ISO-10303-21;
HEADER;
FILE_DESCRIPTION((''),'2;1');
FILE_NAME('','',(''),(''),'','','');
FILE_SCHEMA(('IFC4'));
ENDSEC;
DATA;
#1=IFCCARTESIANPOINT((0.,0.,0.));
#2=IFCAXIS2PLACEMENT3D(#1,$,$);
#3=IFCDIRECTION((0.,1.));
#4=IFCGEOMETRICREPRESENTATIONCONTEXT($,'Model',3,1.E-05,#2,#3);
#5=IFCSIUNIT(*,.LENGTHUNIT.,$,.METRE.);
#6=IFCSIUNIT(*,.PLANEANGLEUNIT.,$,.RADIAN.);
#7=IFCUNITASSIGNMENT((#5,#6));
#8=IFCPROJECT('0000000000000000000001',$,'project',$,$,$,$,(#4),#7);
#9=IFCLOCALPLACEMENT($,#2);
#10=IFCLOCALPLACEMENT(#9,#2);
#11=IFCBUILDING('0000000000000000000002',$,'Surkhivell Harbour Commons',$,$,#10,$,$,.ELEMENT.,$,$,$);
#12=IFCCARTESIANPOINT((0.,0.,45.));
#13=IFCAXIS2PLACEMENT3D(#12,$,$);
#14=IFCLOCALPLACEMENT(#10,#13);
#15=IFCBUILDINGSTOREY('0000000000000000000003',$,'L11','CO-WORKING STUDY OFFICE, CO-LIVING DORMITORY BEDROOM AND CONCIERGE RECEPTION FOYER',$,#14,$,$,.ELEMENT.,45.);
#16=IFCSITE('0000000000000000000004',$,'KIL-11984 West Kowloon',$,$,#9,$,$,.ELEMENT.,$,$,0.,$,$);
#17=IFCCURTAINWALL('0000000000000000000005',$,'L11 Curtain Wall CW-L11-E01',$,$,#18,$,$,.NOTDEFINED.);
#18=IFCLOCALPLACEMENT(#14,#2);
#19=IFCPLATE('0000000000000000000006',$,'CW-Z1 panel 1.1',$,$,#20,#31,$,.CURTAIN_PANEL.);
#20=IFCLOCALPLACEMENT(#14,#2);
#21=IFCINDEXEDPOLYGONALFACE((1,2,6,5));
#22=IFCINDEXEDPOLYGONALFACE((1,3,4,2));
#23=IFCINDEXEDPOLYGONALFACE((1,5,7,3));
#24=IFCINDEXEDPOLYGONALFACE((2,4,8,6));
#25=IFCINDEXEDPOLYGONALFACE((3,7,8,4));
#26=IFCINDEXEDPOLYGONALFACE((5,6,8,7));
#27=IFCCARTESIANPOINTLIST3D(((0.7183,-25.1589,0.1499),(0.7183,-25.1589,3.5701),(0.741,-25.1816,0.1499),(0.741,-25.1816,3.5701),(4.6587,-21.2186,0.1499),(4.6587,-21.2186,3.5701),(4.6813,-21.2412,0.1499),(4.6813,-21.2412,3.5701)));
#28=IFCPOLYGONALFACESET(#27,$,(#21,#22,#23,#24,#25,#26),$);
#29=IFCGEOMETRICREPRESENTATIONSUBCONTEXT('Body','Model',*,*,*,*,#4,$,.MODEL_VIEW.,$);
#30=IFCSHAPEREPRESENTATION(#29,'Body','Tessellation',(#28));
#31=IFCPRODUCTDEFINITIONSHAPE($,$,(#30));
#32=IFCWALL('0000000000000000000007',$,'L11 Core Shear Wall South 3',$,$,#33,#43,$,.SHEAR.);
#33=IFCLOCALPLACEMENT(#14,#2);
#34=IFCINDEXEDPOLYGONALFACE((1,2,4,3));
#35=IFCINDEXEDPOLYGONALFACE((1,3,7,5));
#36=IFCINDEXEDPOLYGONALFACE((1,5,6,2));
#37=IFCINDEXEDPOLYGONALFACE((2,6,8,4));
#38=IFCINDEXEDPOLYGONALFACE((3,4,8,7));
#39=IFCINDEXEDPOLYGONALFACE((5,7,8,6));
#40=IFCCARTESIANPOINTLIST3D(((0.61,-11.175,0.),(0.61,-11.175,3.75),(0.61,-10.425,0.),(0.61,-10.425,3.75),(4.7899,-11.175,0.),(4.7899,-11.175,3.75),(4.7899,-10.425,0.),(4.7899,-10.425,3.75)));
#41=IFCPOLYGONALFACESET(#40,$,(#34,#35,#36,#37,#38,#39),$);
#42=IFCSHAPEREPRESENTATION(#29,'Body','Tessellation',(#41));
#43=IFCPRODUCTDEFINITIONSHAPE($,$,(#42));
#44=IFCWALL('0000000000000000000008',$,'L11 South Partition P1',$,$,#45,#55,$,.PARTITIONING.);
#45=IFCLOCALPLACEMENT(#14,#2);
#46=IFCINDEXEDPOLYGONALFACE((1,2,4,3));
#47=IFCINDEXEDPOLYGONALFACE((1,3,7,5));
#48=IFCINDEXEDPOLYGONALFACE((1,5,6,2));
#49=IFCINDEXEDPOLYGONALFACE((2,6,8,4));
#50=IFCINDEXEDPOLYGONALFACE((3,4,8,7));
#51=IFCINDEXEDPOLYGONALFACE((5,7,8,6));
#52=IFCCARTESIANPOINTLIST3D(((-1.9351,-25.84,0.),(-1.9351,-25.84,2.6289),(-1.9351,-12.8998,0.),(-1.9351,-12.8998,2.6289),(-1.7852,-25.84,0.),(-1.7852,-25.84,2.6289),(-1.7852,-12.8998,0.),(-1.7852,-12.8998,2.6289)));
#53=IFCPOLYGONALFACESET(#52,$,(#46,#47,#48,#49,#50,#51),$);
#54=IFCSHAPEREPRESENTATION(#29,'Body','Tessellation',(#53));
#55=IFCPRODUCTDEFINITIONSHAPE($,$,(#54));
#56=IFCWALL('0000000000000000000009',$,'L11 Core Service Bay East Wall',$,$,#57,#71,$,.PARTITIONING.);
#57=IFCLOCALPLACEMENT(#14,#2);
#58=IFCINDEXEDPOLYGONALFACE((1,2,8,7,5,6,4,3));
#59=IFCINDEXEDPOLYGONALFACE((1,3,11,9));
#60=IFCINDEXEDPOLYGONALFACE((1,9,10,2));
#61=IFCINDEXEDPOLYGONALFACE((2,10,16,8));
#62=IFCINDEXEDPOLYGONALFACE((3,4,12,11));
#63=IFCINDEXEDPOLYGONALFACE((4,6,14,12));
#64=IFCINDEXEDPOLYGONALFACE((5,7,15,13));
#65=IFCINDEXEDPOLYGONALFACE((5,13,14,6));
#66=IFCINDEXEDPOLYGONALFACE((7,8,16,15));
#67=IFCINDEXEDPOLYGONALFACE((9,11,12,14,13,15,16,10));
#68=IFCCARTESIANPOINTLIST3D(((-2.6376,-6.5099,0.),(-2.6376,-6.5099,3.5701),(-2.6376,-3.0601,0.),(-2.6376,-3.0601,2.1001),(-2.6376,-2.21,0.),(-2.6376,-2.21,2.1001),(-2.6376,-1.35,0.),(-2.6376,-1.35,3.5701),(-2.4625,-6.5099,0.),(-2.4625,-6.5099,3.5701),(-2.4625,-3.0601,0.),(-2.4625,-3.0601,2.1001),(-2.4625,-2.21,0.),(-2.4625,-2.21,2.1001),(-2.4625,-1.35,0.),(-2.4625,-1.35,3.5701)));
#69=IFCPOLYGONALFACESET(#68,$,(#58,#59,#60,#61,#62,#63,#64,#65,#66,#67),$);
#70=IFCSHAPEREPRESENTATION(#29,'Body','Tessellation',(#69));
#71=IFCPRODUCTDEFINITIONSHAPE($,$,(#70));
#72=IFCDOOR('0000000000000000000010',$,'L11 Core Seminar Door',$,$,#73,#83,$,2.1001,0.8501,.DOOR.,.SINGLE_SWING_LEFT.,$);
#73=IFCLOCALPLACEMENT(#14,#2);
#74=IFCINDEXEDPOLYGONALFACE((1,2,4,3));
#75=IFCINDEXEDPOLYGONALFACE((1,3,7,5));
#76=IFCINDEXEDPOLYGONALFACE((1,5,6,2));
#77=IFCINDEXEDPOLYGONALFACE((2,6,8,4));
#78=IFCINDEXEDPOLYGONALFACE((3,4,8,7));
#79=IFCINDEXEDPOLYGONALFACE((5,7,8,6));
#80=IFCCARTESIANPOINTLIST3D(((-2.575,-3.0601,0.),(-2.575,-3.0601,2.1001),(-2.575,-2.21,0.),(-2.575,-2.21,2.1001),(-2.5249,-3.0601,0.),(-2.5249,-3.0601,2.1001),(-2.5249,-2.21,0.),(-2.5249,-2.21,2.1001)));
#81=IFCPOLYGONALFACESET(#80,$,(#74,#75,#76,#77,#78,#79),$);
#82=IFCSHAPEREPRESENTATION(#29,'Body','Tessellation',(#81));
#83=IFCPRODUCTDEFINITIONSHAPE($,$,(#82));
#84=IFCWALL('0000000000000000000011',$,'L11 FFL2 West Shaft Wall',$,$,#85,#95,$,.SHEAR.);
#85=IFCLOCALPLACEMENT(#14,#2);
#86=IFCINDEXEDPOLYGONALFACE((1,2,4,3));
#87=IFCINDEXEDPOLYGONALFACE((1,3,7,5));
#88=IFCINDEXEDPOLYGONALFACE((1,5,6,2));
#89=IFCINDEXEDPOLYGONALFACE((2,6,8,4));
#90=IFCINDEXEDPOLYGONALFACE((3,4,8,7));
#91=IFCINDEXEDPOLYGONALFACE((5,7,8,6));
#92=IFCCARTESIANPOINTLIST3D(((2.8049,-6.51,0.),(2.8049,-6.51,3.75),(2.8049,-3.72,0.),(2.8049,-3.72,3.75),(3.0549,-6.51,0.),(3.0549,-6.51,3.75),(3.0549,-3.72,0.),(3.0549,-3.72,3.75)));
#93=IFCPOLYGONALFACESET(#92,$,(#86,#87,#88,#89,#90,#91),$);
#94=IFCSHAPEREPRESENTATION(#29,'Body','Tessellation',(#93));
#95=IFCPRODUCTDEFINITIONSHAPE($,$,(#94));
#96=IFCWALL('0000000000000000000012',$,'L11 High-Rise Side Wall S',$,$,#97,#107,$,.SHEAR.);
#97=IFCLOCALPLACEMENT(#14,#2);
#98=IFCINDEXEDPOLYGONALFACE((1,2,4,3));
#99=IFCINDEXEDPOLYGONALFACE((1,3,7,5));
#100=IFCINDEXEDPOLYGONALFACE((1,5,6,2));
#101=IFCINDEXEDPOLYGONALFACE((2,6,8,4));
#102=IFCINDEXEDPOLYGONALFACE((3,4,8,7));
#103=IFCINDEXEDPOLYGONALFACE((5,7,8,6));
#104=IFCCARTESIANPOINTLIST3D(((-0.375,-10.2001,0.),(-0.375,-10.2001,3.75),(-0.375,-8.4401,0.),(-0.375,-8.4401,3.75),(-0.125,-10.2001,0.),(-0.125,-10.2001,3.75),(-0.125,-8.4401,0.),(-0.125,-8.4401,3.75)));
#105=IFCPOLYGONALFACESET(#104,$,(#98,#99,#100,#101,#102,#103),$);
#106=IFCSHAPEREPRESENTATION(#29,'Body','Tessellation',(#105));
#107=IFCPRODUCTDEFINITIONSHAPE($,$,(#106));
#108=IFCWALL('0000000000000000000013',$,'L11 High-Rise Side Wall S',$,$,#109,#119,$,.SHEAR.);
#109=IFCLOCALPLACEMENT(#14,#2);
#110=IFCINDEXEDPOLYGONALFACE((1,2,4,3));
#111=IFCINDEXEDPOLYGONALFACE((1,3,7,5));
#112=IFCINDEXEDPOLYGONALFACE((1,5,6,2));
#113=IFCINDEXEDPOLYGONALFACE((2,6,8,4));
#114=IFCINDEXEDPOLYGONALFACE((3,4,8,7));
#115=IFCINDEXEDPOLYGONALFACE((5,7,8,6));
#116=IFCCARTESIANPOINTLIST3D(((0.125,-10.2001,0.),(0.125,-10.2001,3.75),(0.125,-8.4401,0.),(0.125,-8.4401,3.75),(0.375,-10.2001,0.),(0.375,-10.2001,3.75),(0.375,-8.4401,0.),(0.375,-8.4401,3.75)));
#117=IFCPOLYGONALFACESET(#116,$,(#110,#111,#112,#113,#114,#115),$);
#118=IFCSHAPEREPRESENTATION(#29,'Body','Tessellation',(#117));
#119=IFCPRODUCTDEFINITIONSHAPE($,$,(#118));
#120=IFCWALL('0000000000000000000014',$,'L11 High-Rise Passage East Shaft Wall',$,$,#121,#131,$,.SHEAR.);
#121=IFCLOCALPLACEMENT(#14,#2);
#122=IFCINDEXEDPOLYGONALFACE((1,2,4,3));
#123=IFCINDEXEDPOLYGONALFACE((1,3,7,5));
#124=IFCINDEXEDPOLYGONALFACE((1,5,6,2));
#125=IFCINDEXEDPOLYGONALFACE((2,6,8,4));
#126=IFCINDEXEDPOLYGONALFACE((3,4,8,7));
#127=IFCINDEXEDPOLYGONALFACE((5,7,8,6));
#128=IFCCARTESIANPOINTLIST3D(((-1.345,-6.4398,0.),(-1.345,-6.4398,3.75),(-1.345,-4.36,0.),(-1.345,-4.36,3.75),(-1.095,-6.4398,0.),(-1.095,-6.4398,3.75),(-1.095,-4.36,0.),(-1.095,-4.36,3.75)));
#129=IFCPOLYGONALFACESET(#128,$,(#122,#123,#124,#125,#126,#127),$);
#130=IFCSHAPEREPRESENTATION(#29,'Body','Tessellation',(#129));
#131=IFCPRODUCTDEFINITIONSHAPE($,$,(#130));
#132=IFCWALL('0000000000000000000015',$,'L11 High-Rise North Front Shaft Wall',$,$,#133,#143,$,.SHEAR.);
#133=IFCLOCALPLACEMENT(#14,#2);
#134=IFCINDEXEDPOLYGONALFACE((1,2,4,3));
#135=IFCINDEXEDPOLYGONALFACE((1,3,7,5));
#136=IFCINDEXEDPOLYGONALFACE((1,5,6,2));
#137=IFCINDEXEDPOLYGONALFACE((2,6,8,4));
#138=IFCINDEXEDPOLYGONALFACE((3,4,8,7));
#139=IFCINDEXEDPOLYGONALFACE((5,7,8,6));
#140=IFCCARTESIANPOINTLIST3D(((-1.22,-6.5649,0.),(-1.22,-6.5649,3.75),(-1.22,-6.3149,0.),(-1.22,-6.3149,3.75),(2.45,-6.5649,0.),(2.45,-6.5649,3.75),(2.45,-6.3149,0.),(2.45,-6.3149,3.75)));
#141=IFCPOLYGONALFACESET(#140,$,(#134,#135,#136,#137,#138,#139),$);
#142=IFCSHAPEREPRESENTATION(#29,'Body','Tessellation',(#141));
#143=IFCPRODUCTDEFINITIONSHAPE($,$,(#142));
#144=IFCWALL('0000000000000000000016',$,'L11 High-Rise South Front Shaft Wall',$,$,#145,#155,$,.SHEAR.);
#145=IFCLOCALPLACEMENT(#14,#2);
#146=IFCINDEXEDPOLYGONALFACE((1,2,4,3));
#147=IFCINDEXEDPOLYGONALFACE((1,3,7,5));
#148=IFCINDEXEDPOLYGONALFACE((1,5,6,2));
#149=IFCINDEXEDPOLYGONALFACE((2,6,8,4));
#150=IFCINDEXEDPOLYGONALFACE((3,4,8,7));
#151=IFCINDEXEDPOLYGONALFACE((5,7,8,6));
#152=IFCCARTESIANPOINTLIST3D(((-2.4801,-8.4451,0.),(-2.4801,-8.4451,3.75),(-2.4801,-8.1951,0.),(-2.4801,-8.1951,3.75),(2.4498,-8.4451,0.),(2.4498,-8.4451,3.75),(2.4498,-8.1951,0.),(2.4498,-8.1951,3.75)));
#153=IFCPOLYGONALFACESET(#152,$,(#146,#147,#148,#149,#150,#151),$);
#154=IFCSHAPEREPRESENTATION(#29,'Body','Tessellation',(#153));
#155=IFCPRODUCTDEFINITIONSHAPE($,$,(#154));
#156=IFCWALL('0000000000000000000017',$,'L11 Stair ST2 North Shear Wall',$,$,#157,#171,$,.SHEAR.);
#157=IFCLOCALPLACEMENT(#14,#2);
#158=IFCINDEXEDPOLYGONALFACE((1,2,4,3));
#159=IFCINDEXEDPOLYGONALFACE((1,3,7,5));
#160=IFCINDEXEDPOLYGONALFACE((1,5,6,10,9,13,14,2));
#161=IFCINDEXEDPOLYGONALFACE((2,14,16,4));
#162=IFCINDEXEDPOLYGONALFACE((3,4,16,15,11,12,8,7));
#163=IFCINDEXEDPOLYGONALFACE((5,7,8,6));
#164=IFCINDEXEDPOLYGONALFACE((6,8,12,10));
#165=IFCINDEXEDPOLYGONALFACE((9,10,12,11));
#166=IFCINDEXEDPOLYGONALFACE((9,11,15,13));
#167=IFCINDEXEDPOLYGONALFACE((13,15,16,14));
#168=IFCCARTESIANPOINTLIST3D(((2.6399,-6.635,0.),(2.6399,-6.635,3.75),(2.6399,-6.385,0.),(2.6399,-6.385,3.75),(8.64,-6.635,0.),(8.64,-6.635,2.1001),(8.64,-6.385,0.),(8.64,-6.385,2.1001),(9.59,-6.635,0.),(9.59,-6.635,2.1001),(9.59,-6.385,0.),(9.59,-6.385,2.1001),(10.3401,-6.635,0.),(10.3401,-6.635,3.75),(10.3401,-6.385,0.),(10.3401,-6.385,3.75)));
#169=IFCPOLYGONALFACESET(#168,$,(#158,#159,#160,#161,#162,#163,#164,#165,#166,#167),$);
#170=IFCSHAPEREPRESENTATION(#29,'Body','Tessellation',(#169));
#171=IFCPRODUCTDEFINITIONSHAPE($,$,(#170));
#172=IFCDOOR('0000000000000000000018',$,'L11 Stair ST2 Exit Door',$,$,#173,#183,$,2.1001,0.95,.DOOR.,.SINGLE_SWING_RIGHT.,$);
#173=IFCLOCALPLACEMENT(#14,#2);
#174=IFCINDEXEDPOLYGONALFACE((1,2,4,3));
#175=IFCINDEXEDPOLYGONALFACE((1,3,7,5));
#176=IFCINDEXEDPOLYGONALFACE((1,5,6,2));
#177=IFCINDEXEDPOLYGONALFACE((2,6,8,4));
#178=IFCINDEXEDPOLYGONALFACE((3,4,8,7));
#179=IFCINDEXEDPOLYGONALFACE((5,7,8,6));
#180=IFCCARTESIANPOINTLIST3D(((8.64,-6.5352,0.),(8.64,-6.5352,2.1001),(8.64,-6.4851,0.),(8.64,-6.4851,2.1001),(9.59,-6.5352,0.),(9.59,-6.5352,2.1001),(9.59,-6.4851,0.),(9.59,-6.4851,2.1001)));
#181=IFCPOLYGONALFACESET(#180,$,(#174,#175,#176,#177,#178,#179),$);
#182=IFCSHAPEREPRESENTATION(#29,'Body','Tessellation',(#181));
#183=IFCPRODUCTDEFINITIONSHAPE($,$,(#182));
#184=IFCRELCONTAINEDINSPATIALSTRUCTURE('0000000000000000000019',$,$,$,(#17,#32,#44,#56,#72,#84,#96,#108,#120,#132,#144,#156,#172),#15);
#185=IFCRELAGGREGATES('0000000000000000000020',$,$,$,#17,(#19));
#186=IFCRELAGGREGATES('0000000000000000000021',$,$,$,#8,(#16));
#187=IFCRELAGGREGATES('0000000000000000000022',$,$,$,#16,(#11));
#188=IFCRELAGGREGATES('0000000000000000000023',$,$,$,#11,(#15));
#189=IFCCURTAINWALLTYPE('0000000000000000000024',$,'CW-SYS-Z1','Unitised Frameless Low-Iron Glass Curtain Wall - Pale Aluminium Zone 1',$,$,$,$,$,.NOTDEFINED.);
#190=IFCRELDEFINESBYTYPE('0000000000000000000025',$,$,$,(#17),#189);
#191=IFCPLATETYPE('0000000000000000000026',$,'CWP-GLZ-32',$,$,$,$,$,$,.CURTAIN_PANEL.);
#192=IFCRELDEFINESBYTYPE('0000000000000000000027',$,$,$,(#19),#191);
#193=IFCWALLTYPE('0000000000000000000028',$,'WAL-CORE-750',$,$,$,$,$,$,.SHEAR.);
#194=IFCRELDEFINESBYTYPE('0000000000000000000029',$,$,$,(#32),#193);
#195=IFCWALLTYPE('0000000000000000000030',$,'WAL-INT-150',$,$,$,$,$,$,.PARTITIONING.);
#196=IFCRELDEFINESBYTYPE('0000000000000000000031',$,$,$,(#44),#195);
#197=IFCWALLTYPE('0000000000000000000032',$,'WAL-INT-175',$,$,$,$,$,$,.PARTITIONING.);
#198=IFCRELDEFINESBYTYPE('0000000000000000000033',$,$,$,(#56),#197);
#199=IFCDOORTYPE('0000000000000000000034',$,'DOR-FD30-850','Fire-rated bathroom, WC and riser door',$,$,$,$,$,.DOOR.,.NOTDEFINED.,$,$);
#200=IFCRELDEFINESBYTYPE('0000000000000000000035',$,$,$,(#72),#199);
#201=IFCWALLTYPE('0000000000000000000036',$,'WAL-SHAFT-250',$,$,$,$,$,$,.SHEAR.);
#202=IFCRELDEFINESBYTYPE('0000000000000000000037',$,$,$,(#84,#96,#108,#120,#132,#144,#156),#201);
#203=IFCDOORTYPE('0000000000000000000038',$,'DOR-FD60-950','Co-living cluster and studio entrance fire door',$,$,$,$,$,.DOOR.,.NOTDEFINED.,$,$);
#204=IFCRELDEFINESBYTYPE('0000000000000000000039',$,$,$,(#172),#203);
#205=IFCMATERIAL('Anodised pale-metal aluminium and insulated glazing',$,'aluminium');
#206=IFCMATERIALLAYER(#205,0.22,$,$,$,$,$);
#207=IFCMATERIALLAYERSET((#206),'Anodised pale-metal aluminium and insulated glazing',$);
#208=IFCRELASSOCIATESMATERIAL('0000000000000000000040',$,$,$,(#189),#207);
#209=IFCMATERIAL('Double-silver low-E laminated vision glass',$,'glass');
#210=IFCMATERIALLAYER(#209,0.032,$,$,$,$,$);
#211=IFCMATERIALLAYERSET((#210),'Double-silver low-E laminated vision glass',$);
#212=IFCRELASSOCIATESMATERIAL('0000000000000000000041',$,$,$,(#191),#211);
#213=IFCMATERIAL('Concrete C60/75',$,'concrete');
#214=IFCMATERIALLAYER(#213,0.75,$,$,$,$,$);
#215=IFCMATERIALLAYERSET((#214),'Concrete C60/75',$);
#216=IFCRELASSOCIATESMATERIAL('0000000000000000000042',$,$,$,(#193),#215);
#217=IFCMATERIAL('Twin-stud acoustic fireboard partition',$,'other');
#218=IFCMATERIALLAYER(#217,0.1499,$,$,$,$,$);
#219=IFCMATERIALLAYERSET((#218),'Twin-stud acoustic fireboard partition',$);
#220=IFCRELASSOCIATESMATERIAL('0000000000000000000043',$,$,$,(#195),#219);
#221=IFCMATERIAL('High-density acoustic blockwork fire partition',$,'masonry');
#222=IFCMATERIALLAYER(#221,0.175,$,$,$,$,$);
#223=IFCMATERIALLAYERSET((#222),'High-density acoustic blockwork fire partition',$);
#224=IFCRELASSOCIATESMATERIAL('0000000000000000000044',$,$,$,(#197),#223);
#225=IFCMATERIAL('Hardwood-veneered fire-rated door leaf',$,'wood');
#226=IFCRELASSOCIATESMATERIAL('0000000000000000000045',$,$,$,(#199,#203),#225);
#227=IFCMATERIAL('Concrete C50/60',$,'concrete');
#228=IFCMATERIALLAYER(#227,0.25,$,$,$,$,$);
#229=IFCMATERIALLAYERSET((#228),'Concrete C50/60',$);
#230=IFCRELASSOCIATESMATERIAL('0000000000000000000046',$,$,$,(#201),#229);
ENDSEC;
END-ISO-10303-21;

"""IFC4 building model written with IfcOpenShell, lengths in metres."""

from ifc_helpers import new_model, si_unit, direction, frame, frame_2d, origin, place, context, subcontext, project, spatial, rectangle, extrude, material, layer, layer_set, type_object, element, fill, aggregate, save


model = new_model("IFC4")

# Units and contexts
model_context = context("Model", 3, precision=1e-05, world=origin(), true_north=direction((0.0, 1.0)))
body_context = subcontext(model_context, "Body", "Model", "MODEL_VIEW")
ifc_project = project(units=[si_unit("LENGTHUNIT", "METRE"), si_unit("PLANEANGLEUNIT", "RADIAN")], contexts=[model_context])

# Site, building, storey
site_placement = place(None, origin())
site = spatial("IfcSite", under=ifc_project, at=site_placement, Name="KIL-11984 West Kowloon", CompositionType="ELEMENT", RefElevation=0.0)
building_placement = place(site_placement, origin())
building = spatial("IfcBuilding", under=site, at=building_placement, Name="Surkhivell Harbour Commons", CompositionType="ELEMENT")
storey_placement = place(building_placement, frame((0.0, 0.0, 45.0)))
storey = spatial("IfcBuildingStorey", under=building, at=storey_placement, Name="L11", Description="CO-WORKING STUDY OFFICE, CO-LIVING DORMITORY BEDROOM AND CONCIERGE RECEPTION FOYER", CompositionType="ELEMENT", Elevation=45.0)

# Shared definitions
ifc_material_1 = material(Name="Anodised pale-metal aluminium and insulated glazing", Category="aluminium")
ifc_layer_1 = layer(ifc_material_1, 0.22)
ifc_layer_set_1 = layer_set([ifc_layer_1], Name="Anodised pale-metal aluminium and insulated glazing")
curtain_wall_type = type_object("IfcCurtainWallType", Name="CW-SYS-Z1", Description="Unitised Frameless Low-Iron Glass Curtain Wall - Pale Aluminium Zone 1", PredefinedType="NOTDEFINED", material=ifc_layer_set_1)

# Curtain wall
curtain_wall_1_placement = place(storey_placement, origin())
curtain_wall_1 = element("IfcCurtainWall", 1, at=curtain_wall_1_placement, inside=storey, type_object=curtain_wall_type, Name="L11 Curtain Wall CW-L11-E01", PredefinedType="NOTDEFINED")

# Plate
ifc_material_2 = material(Name="Double-silver low-E laminated vision glass", Category="glass")
ifc_layer_2 = layer(ifc_material_2, 0.032)
ifc_layer_set_2 = layer_set([ifc_layer_2], Name="Double-silver low-E laminated vision glass")
plate_type = type_object("IfcPlateType", Name="CWP-GLZ-32", PredefinedType="CURTAIN_PANEL", material=ifc_layer_set_2)
plate_1_placement = place(storey_placement, frame((0.7297, -25.1702, 0.1499), z_axis=(0.0, 0.0, 1.0), x_axis=(0.707107, 0.707107, 0.0)))
plate_1 = element("IfcPlate", 2, at=plate_1_placement, type_object=plate_type, Name="CW-Z1 panel 1.1", PredefinedType="CURTAIN_PANEL", context=body_context, shape_type="SweptSolid", body=[
    extrude(rectangle(XDim=5.5725, YDim=0.032, at=frame_2d((2.7861, 0.0))), origin(), (0.0, 0.0, 1.0), 3.4202),
])
aggregate(curtain_wall_1, [plate_1])

# Walls
ifc_material_3 = material(Name="Concrete C60/75", Category="concrete")
ifc_layer_3 = layer(ifc_material_3, 0.75)
ifc_layer_set_3 = layer_set([ifc_layer_3], Name="Concrete C60/75")
wall_type_1 = type_object("IfcWallType", Name="WAL-CORE-750", PredefinedType="SHEAR", material=ifc_layer_set_3)
wall_1_placement = place(storey_placement, frame((0.6101, -10.8, 0.0), z_axis=(0.0, 0.0, 1.0), x_axis=(1.0, 0.0, 0.0)))
element("IfcWall", 3, at=wall_1_placement, inside=storey, type_object=wall_type_1, Name="L11 Core Shear Wall South 3", PredefinedType="SHEAR", context=body_context, shape_type="SweptSolid", body=[
    extrude(rectangle(XDim=4.1799, YDim=0.75, at=frame_2d((2.0898, 0.0))), origin(), (0.0, 0.0, 1.0), 3.75),
])
ifc_material_4 = material(Name="Twin-stud acoustic fireboard partition", Category="other")
ifc_layer_4 = layer(ifc_material_4, 0.1499)
ifc_layer_set_4 = layer_set([ifc_layer_4], Name="Twin-stud acoustic fireboard partition")
wall_type_2 = type_object("IfcWallType", Name="WAL-INT-150", PredefinedType="PARTITIONING", material=ifc_layer_set_4)
wall_2_placement = place(storey_placement, frame((-1.8601, -25.8401, 0.0), z_axis=(0.0, 0.0, 1.0), x_axis=(0.0, 1.0, 0.0)))
element("IfcWall", 4, at=wall_2_placement, inside=storey, type_object=wall_type_2, Name="L11 South Partition P1", PredefinedType="PARTITIONING", context=body_context, shape_type="SweptSolid", body=[
    extrude(rectangle(XDim=12.9402, YDim=0.1499, at=frame_2d((6.4702, 0.0))), origin(), (0.0, 0.0, 1.0), 2.6289),
])

# Wall, opening, door
ifc_material_5 = material(Name="High-density acoustic blockwork fire partition", Category="masonry")
ifc_layer_5 = layer(ifc_material_5, 0.175)
ifc_layer_set_5 = layer_set([ifc_layer_5], Name="High-density acoustic blockwork fire partition")
wall_type_3 = type_object("IfcWallType", Name="WAL-INT-175", PredefinedType="PARTITIONING", material=ifc_layer_set_5)
wall_3_placement = place(storey_placement, frame((-2.55, -6.51, 0.0), z_axis=(0.0, 0.0, 1.0), x_axis=(0.0, 1.0, 0.0)))
wall_3 = element("IfcWall", 5, at=wall_3_placement, inside=storey, type_object=wall_type_3, Name="L11 Core Service Bay East Wall", PredefinedType="PARTITIONING", context=body_context, shape_type="SweptSolid", body=[
    extrude(rectangle(XDim=5.1599, YDim=0.175, at=frame_2d((2.5801, 0.0))), origin(), (0.0, 0.0, 1.0), 3.5701),
])
opening_1_placement = place(wall_3_placement, frame((3.45, 0.0, 0.0)))
opening_1 = element("IfcOpeningElement", 6, at=opening_1_placement, cuts=wall_3, PredefinedType="OPENING", context=body_context, shape_type="SweptSolid", body=[
    extrude(rectangle(XDim=0.8501, YDim=2.1001, at=frame_2d((0.425, 1.05))), frame((0.0, 0.0974, 0.0), z_axis=(0.0, -1.0, 0.0), x_axis=(1.0, 0.0, 0.0)), (0.0, 0.0, 1.0), 0.1951),
])
ifc_material_6 = material(Name="Hardwood-veneered fire-rated door leaf", Category="wood")
door_type_1 = type_object("IfcDoorType", Name="DOR-FD30-850", Description="Fire-rated bathroom, WC and riser door", OperationType="NOTDEFINED", PredefinedType="DOOR", material=ifc_material_6)
door_1_placement = place(opening_1_placement, origin())
door_1 = element("IfcDoor", 7, at=door_1_placement, inside=storey, type_object=door_type_1, Name="L11 Core Seminar Door", OperationType="SINGLE_SWING_LEFT", OverallHeight=2.1001, OverallWidth=0.8501, PredefinedType="DOOR", context=body_context, shape_type="SweptSolid", body=[
    extrude(rectangle(XDim=0.8501, YDim=2.1001, at=frame_2d((0.425, 1.05))), frame((0.0, 0.0249, 0.0), z_axis=(0.0, -1.0, 0.0), x_axis=(1.0, 0.0, 0.0)), (0.0, 0.0, 1.0), 0.05),
])
fill(opening_1, door_1)

# Walls
ifc_material_7 = material(Name="Concrete C50/60", Category="concrete")
ifc_layer_6 = layer(ifc_material_7, 0.25)
ifc_layer_set_6 = layer_set([ifc_layer_6], Name="Concrete C50/60")
wall_type_4 = type_object("IfcWallType", Name="WAL-SHAFT-250", PredefinedType="SHEAR", material=ifc_layer_set_6)
wall_4_placement = place(storey_placement, frame((2.9299, -6.51, 0.0), z_axis=(0.0, 0.0, 1.0), x_axis=(0.0, 1.0, 0.0)))
element("IfcWall", 8, at=wall_4_placement, inside=storey, type_object=wall_type_4, Name="L11 FFL2 West Shaft Wall", PredefinedType="SHEAR", context=body_context, shape_type="SweptSolid", body=[
    extrude(rectangle(XDim=2.79, YDim=0.25, at=frame_2d((1.395, 0.0))), origin(), (0.0, 0.0, 1.0), 3.75),
])
for number, where, z_axis, x_axis, name in (
    (9, (-0.25, -10.2, 0.0), (0.0, 0.0, 1.0), (0.0, 1.0, 0.0), "L11 High-Rise Side Wall S"),
    (10, (0.25, -10.2, 0.0), (0.0, 0.0, 1.0), (0.0, 1.0, 0.0), "L11 High-Rise Side Wall S"),
):
    element("IfcWall", number, at=place(storey_placement, frame(where, z_axis=z_axis, x_axis=x_axis)), inside=storey, type_object=wall_type_4, Name=name, PredefinedType="SHEAR", context=body_context, shape_type="SweptSolid", body=[
        extrude(rectangle(XDim=1.76, YDim=0.25, at=frame_2d((0.8799, 0.0))), origin(), (0.0, 0.0, 1.0), 3.75),
    ])
wall_5_placement = place(storey_placement, frame((-1.22, -6.4399, 0.0), z_axis=(0.0, 0.0, 1.0), x_axis=(0.0, 1.0, 0.0)))
element("IfcWall", 11, at=wall_5_placement, inside=storey, type_object=wall_type_4, Name="L11 High-Rise Passage East Shaft Wall", PredefinedType="SHEAR", context=body_context, shape_type="SweptSolid", body=[
    extrude(rectangle(XDim=2.0798, YDim=0.25, at=frame_2d((1.04, 0.0))), origin(), (0.0, 0.0, 1.0), 3.75),
])
wall_6_placement = place(storey_placement, frame((-1.22, -6.4399, 0.0), z_axis=(0.0, 0.0, 1.0), x_axis=(1.0, 0.0, 0.0)))
element("IfcWall", 12, at=wall_6_placement, inside=storey, type_object=wall_type_4, Name="L11 High-Rise North Front Shaft Wall", PredefinedType="SHEAR", context=body_context, shape_type="SweptSolid", body=[
    extrude(rectangle(XDim=3.6699, YDim=0.25, at=frame_2d((1.835, 0.0))), origin(), (0.0, 0.0, 1.0), 3.75),
])
wall_7_placement = place(storey_placement, frame((-2.48, -8.3201, 0.0), z_axis=(0.0, 0.0, 1.0), x_axis=(1.0, 0.0, 0.0)))
element("IfcWall", 13, at=wall_7_placement, inside=storey, type_object=wall_type_4, Name="L11 High-Rise South Front Shaft Wall", PredefinedType="SHEAR", context=body_context, shape_type="SweptSolid", body=[
    extrude(rectangle(XDim=4.9299, YDim=0.25, at=frame_2d((2.4648, 0.0))), origin(), (0.0, 0.0, 1.0), 3.75),
])

# Wall, opening, door
wall_8_placement = place(storey_placement, frame((2.6399, -6.51, 0.0), z_axis=(0.0, 0.0, 1.0), x_axis=(1.0, 0.0, 0.0)))
wall_8 = element("IfcWall", 14, at=wall_8_placement, inside=storey, type_object=wall_type_4, Name="L11 Stair ST2 North Shear Wall", PredefinedType="SHEAR", context=body_context, shape_type="SweptSolid", body=[
    extrude(rectangle(XDim=7.7002, YDim=0.25, at=frame_2d((3.8501, 0.0))), origin(), (0.0, 0.0, 1.0), 3.75),
])
opening_2_placement = place(wall_8_placement, frame((6.0, 0.0, 0.0)))
opening_2 = element("IfcOpeningElement", 15, at=opening_2_placement, cuts=wall_8, PredefinedType="OPENING", context=body_context, shape_type="SweptSolid", body=[
    extrude(rectangle(XDim=0.95, YDim=2.1001, at=frame_2d((0.4751, 1.05))), frame((0.0, 0.135, 0.0), z_axis=(0.0, -1.0, 0.0), x_axis=(1.0, 0.0, 0.0)), (0.0, 0.0, 1.0), 0.27),
])
door_type_2 = type_object("IfcDoorType", Name="DOR-FD60-950", Description="Co-living cluster and studio entrance fire door", OperationType="NOTDEFINED", PredefinedType="DOOR", material=ifc_material_6)
door_2_placement = place(opening_2_placement, origin())
door_2 = element("IfcDoor", 16, at=door_2_placement, inside=storey, type_object=door_type_2, Name="L11 Stair ST2 Exit Door", OperationType="SINGLE_SWING_RIGHT", OverallHeight=2.1001, OverallWidth=0.95, PredefinedType="DOOR", context=body_context, shape_type="SweptSolid", body=[
    extrude(rectangle(XDim=0.95, YDim=2.1001, at=frame_2d((0.4751, 1.05))), frame((0.0, 0.0249, 0.0), z_axis=(0.0, -1.0, 0.0), x_axis=(1.0, 0.0, 0.0)), (0.0, 0.0, 1.0), 0.05),
])
fill(opening_2, door_2)

save(model, "model.ifc")
